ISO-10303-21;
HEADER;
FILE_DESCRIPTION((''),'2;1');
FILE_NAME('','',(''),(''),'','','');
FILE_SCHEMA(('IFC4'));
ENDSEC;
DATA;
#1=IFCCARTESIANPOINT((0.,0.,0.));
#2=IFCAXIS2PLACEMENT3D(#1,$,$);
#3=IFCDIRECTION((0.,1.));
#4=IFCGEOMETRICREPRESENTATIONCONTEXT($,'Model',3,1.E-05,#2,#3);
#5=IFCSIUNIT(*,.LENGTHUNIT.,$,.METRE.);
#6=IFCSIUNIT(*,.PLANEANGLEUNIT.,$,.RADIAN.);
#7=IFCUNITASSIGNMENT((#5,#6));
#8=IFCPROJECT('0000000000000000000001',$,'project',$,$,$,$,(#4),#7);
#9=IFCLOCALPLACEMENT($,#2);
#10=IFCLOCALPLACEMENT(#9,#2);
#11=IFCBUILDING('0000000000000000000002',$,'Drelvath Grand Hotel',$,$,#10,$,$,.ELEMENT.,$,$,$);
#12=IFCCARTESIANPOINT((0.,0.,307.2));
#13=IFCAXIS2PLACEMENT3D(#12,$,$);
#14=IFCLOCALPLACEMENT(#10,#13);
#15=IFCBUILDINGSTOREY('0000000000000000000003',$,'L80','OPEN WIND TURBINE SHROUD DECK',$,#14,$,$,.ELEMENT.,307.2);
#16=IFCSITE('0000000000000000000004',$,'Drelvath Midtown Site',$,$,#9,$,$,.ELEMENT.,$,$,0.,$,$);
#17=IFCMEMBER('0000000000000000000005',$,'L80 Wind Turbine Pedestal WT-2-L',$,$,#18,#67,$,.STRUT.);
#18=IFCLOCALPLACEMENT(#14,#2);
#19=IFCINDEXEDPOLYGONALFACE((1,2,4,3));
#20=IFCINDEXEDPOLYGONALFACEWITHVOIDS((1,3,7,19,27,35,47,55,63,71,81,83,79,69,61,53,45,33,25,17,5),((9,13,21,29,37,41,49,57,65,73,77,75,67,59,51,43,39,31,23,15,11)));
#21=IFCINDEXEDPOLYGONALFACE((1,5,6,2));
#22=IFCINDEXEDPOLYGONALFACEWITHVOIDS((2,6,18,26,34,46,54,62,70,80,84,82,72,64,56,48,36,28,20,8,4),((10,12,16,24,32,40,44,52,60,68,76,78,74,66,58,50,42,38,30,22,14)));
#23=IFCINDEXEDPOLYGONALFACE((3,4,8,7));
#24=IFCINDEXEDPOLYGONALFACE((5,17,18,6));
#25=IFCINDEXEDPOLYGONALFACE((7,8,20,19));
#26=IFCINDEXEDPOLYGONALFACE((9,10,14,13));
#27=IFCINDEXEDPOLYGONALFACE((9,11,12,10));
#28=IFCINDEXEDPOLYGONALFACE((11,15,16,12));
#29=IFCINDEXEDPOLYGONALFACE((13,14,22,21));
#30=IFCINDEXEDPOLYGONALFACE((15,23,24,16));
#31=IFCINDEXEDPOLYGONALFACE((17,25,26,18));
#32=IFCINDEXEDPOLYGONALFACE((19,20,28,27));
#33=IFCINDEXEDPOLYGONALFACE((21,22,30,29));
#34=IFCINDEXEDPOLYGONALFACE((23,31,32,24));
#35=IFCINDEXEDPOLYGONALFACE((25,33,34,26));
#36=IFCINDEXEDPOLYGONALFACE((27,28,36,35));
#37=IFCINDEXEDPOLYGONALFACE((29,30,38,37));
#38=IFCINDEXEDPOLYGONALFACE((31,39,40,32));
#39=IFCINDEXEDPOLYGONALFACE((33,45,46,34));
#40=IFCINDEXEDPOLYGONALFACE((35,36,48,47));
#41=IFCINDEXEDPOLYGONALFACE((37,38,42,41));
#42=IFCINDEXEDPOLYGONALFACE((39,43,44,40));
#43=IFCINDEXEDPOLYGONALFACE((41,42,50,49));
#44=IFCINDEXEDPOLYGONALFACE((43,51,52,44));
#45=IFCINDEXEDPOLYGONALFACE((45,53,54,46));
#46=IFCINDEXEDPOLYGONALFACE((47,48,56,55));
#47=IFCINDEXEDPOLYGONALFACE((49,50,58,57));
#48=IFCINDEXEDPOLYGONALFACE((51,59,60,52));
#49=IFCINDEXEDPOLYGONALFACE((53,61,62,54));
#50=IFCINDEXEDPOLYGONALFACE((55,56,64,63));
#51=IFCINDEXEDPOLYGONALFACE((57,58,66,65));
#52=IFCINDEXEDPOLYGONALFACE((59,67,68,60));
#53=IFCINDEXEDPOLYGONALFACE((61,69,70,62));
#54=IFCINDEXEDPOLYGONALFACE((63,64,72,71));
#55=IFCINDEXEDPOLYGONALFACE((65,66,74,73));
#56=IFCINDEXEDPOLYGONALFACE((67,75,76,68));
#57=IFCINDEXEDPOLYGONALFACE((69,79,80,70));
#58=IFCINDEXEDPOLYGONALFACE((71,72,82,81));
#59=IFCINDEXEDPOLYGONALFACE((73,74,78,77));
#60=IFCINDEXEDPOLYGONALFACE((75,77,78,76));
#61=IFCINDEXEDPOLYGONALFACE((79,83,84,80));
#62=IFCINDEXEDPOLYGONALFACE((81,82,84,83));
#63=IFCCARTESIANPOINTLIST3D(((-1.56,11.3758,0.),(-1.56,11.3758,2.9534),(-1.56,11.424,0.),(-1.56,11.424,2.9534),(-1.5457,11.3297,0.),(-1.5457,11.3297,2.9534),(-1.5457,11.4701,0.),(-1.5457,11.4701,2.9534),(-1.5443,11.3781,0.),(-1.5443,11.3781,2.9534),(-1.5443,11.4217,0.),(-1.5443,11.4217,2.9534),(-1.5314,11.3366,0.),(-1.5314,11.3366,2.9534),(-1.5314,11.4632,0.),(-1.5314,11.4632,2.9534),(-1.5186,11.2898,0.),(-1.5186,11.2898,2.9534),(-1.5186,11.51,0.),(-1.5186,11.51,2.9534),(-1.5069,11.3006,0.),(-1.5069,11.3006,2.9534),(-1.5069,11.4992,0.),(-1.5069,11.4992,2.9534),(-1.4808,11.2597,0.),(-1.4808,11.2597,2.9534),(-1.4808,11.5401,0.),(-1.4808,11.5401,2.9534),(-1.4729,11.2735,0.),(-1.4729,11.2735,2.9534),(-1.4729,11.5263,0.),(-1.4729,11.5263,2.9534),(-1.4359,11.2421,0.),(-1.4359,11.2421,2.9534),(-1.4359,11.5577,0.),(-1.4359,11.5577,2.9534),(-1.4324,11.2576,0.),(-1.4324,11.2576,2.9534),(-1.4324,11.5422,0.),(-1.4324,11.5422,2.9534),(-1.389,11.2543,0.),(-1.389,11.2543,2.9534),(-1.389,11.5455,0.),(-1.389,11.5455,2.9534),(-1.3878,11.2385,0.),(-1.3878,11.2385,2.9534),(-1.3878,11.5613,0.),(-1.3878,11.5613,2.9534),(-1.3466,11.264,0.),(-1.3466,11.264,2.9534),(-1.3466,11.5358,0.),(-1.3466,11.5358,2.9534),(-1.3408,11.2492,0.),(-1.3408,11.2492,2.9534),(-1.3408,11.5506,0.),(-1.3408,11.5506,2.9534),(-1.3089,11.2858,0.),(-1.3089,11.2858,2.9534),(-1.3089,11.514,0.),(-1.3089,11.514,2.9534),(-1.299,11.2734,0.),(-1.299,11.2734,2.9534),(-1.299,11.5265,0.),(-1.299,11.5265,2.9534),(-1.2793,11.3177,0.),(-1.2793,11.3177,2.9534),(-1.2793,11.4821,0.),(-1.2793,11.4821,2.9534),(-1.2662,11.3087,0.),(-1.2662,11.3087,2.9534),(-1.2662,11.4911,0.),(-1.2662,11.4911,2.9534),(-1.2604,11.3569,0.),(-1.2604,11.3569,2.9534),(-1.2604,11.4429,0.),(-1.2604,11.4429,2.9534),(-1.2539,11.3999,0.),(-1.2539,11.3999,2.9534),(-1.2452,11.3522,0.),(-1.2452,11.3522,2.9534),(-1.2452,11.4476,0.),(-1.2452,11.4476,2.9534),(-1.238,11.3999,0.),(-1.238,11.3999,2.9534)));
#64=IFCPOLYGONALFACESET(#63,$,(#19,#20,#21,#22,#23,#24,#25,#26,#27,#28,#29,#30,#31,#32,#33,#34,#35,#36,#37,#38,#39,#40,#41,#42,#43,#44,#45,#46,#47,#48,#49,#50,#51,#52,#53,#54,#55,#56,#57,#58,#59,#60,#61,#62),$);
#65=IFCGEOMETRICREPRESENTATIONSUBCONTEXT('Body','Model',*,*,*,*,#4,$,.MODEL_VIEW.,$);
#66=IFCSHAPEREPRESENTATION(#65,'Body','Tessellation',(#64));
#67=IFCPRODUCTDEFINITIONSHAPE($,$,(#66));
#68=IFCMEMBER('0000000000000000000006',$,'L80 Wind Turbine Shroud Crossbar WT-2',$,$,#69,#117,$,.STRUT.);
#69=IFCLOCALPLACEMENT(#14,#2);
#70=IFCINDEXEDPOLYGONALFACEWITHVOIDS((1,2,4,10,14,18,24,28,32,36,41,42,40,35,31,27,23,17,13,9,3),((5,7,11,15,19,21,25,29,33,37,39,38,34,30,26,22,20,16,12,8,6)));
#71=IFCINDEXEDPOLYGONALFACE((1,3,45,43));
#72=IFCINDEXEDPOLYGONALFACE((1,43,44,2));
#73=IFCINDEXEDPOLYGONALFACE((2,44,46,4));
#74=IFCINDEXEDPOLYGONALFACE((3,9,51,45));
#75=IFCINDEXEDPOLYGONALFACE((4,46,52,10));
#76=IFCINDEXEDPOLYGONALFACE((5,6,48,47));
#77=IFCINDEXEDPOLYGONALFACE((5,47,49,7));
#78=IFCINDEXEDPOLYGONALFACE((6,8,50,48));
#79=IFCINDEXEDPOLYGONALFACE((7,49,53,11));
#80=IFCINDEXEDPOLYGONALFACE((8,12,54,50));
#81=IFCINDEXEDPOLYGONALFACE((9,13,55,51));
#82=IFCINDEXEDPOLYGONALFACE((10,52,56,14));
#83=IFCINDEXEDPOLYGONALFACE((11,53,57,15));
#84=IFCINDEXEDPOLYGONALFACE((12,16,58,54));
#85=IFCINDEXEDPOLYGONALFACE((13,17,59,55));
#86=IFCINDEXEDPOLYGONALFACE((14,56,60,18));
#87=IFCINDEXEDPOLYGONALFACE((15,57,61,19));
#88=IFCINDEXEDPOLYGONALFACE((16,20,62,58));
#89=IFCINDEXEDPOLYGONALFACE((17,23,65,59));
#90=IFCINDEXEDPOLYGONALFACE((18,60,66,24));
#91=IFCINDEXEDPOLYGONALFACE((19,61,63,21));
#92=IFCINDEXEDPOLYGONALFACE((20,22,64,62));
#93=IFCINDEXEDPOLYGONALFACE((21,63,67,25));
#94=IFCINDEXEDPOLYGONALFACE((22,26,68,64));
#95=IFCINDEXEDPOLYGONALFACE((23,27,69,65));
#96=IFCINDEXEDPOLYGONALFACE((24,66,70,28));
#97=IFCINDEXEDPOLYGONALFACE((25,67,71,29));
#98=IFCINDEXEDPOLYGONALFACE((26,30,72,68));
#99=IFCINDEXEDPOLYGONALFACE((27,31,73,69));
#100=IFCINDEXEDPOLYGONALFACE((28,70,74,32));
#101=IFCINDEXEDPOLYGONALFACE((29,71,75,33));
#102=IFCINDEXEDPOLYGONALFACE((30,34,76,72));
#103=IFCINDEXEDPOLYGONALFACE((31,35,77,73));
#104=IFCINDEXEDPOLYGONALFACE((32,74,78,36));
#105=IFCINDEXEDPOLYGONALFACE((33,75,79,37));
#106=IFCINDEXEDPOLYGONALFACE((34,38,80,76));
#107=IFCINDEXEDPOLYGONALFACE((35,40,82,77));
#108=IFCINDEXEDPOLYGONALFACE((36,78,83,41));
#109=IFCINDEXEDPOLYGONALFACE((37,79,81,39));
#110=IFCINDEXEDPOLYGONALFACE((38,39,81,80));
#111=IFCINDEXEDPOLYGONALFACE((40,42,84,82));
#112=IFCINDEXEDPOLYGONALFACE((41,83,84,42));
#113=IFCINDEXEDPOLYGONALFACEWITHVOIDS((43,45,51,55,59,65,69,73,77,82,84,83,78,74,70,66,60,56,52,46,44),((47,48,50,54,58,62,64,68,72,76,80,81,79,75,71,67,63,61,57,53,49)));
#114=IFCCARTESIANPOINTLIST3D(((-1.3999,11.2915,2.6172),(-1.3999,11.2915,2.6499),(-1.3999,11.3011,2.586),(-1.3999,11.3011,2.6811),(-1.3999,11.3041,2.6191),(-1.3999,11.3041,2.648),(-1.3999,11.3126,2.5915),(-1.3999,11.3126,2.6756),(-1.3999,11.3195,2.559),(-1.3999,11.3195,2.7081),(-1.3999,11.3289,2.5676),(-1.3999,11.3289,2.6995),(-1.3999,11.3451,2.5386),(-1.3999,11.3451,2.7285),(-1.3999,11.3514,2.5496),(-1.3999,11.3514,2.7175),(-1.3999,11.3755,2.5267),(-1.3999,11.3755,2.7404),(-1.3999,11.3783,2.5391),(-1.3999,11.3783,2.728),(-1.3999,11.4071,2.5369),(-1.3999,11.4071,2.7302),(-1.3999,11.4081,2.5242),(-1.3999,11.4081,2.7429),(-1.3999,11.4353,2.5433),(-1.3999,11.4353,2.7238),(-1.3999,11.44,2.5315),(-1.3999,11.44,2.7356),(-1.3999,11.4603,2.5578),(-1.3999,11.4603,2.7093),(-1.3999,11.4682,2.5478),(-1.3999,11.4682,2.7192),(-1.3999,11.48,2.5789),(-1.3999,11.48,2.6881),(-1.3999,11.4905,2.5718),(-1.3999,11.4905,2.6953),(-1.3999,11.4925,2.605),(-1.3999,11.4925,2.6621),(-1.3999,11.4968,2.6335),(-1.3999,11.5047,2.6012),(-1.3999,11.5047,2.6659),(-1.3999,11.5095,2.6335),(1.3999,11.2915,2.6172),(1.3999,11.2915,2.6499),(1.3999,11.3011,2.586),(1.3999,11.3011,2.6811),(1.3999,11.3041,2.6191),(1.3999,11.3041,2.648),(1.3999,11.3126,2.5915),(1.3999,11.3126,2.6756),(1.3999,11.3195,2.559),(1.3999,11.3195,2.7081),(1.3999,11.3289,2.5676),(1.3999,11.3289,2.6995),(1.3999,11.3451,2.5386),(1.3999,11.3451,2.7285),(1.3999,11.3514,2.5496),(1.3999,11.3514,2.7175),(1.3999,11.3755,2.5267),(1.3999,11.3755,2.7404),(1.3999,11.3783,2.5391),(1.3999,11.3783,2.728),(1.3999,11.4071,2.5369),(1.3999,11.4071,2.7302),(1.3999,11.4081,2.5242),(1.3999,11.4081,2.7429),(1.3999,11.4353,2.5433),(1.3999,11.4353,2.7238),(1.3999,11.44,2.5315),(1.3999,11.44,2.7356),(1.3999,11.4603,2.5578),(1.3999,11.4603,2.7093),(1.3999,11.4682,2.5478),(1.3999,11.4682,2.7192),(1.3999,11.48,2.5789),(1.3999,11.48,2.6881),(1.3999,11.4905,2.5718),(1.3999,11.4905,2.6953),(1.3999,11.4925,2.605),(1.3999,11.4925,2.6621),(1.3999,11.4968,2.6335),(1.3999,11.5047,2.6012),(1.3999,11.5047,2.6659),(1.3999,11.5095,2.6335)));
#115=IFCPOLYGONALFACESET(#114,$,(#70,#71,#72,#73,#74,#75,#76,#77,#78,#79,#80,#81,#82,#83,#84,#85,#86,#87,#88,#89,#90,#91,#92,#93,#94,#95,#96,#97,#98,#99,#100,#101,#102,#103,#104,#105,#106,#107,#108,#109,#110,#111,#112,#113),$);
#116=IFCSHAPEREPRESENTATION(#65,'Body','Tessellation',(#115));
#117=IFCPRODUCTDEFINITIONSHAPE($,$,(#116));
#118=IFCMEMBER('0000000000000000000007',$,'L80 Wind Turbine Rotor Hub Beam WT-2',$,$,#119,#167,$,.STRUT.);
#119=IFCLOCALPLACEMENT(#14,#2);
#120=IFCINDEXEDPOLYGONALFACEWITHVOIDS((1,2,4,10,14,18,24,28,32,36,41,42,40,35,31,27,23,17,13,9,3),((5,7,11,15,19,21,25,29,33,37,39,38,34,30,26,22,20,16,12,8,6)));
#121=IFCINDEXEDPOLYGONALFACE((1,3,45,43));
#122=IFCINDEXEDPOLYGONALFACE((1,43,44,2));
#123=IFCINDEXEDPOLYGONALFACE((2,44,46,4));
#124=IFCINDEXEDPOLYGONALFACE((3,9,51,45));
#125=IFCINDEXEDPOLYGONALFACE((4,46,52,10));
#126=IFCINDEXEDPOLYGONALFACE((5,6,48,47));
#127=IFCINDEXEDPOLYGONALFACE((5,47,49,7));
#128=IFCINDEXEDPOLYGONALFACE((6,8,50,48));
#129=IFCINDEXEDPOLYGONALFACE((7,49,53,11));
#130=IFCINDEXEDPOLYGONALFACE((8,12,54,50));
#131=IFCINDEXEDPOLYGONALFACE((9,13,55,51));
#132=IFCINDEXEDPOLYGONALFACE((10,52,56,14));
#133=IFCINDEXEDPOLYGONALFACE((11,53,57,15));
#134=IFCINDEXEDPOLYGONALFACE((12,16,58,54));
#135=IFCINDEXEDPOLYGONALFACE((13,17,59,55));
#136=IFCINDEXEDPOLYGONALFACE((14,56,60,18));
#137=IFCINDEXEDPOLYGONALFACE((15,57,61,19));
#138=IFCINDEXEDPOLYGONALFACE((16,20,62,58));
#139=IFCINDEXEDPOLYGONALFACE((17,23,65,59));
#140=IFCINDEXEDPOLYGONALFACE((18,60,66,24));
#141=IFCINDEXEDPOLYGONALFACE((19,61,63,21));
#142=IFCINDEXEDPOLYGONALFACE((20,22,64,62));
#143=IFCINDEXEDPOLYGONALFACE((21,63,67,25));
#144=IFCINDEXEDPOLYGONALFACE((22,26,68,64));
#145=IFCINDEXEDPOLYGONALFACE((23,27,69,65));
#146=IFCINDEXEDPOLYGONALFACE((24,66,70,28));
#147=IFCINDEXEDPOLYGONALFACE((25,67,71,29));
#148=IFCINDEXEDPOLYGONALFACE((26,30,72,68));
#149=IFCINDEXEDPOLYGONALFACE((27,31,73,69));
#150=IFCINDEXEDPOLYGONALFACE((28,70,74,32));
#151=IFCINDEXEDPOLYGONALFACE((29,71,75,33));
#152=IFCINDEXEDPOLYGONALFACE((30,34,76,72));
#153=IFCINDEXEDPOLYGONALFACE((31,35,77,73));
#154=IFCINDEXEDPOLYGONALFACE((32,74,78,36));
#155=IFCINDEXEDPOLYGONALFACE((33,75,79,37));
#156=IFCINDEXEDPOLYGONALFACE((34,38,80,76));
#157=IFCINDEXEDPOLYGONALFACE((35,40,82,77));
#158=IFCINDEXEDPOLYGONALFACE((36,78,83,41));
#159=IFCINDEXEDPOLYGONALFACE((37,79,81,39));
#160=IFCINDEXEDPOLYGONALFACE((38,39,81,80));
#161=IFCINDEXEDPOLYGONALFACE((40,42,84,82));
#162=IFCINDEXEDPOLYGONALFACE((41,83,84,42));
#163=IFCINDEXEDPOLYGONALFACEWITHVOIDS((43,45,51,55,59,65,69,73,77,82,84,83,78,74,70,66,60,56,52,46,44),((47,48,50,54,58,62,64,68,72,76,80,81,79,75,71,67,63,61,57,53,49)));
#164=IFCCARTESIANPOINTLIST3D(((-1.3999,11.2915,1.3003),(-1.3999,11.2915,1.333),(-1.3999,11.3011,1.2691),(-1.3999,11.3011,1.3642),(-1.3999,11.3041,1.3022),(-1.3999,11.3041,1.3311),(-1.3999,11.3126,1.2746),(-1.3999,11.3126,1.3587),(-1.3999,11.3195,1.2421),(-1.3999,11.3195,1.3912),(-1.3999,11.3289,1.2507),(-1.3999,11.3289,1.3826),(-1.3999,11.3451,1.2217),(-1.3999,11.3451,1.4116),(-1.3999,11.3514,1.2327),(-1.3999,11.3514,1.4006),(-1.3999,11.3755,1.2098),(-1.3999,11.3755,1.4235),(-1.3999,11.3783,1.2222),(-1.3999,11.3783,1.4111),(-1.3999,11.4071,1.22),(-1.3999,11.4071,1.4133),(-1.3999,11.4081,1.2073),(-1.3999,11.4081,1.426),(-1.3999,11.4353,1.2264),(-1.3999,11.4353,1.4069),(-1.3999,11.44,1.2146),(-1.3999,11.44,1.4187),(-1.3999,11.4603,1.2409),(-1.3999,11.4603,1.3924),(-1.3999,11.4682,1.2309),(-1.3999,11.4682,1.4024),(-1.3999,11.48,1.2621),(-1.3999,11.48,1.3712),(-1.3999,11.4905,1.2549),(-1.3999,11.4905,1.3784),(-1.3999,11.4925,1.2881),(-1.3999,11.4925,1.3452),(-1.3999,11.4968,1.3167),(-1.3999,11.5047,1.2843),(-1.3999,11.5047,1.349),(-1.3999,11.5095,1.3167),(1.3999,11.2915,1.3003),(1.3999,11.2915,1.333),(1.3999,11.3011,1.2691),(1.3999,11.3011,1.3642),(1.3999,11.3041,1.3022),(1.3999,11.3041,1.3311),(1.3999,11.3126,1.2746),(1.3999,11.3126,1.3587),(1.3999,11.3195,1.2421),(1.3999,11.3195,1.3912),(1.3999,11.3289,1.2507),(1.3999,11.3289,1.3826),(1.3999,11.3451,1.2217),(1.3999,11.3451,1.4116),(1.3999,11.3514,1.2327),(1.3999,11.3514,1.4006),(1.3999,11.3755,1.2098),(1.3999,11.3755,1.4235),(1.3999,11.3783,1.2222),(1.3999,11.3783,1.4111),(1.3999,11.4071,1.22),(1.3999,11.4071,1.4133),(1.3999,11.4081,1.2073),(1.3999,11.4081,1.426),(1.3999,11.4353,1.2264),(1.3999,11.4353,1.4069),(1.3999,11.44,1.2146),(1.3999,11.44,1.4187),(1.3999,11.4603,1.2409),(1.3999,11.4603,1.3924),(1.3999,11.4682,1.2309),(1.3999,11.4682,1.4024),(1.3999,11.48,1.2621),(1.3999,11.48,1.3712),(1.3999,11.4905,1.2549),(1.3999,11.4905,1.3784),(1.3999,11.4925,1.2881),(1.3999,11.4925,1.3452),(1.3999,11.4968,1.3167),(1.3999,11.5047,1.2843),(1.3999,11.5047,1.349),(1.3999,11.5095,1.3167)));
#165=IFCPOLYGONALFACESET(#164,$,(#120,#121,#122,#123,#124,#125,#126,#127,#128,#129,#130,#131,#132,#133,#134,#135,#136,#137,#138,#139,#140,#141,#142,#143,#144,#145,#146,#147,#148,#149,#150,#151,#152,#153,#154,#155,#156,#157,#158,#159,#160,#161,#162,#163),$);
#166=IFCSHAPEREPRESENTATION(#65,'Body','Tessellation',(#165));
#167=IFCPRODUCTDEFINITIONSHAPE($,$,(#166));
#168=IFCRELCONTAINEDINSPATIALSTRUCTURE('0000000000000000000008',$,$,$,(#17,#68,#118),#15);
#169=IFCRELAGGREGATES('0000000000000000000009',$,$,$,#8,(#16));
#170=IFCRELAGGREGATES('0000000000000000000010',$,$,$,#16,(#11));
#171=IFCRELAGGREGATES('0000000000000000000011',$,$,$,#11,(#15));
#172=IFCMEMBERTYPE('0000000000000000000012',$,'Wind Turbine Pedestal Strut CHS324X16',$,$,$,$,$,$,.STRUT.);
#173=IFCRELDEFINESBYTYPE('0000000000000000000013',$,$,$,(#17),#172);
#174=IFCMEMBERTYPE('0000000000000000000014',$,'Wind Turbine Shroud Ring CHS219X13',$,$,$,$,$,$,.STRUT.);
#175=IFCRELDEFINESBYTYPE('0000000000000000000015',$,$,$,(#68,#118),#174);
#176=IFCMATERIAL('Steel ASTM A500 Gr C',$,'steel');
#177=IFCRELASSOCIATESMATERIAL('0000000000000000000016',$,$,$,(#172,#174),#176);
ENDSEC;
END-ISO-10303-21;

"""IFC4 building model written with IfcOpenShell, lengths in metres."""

from ifc_helpers import new_model, si_unit, direction, frame, origin, origin_2d, place, context, subcontext, project, spatial, hollow_circle, extrude, material, material_profile, profile_set, type_object, element, save


model = new_model("IFC4")

# Units and contexts
model_context = context("Model", 3, precision=1e-05, world=origin(), true_north=direction((0.0, 1.0)))
body_context = subcontext(model_context, "Body", "Model", "MODEL_VIEW")
ifc_project = project(units=[si_unit("LENGTHUNIT", "METRE"), si_unit("PLANEANGLEUNIT", "RADIAN")], contexts=[model_context])

# Site, building, storey
site_placement = place(None, origin())
site = spatial("IfcSite", under=ifc_project, at=site_placement, Name="Drelvath Midtown Site", CompositionType="ELEMENT", RefElevation=0.0)
building_placement = place(site_placement, origin())
building = spatial("IfcBuilding", under=site, at=building_placement, Name="Drelvath Grand Hotel", CompositionType="ELEMENT")
storey_placement = place(building_placement, frame((0.0, 0.0, 307.2)))
storey = spatial("IfcBuildingStorey", under=building, at=storey_placement, Name="L80", Description="OPEN WIND TURBINE SHROUD DECK", CompositionType="ELEMENT", Elevation=307.2)

# Members
ifc_material_1 = material(Name="Steel ASTM A500 Gr C", Category="steel")
ifc_material_profile_1 = material_profile(ifc_material_1, hollow_circle(Radius=0.1619, WallThickness=0.0159, at=origin_2d()), Name="CHS324X16")
ifc_profile_set_1 = profile_set([ifc_material_profile_1], Name="Steel ASTM A500 Gr C")
member_type_1 = type_object("IfcMemberType", Name="Wind Turbine Pedestal Strut CHS324X16", PredefinedType="STRUT", material=ifc_profile_set_1)
for number, where, z_axis, x_axis, name in (
    (1, (-1.3999, 11.3999, 0.0), (0.0, 0.0, 1.0), (1.0, 0.0, 0.0), "L80 Wind Turbine Pedestal WT-2-L"),
):
    element("IfcMember", number, at=place(storey_placement, frame(where, z_axis=z_axis, x_axis=x_axis)), inside=storey, type_object=member_type_1, Name=name, PredefinedType="STRUT", context=body_context, shape_type="SweptSolid", body=[
        extrude(hollow_circle(Radius=0.1619, WallThickness=0.0159, at=origin_2d()), origin(), (0.0, 0.0, 1.0), 2.9534),
    ])
ifc_material_profile_2 = material_profile(ifc_material_1, hollow_circle(Radius=0.1096, WallThickness=0.0127, at=origin_2d()), Name="CHS219X13")
ifc_profile_set_2 = profile_set([ifc_material_profile_2], Name="Steel ASTM A500 Gr C")
member_type_2 = type_object("IfcMemberType", Name="Wind Turbine Shroud Ring CHS219X13", PredefinedType="STRUT", material=ifc_profile_set_2)
for number, where, z_axis, x_axis, name in (
    (2, (-1.3999, 11.3999, 2.6335), (1.0, 0.0, 0.0), (0.0, 1.0, 0.0), "L80 Wind Turbine Shroud Crossbar WT-2"),
    (3, (-1.3999, 11.3999, 1.3167), (1.0, 0.0, 0.0), (0.0, 1.0, 0.0), "L80 Wind Turbine Rotor Hub Beam WT-2"),
):
    element("IfcMember", number, at=place(storey_placement, frame(where, z_axis=z_axis, x_axis=x_axis)), inside=storey, type_object=member_type_2, Name=name, PredefinedType="STRUT", context=body_context, shape_type="SweptSolid", body=[
        extrude(hollow_circle(Radius=0.1096, WallThickness=0.0127, at=origin_2d()), origin(), (0.0, 0.0, 1.0), 2.7998),
    ])

save(model, "model.ifc")
